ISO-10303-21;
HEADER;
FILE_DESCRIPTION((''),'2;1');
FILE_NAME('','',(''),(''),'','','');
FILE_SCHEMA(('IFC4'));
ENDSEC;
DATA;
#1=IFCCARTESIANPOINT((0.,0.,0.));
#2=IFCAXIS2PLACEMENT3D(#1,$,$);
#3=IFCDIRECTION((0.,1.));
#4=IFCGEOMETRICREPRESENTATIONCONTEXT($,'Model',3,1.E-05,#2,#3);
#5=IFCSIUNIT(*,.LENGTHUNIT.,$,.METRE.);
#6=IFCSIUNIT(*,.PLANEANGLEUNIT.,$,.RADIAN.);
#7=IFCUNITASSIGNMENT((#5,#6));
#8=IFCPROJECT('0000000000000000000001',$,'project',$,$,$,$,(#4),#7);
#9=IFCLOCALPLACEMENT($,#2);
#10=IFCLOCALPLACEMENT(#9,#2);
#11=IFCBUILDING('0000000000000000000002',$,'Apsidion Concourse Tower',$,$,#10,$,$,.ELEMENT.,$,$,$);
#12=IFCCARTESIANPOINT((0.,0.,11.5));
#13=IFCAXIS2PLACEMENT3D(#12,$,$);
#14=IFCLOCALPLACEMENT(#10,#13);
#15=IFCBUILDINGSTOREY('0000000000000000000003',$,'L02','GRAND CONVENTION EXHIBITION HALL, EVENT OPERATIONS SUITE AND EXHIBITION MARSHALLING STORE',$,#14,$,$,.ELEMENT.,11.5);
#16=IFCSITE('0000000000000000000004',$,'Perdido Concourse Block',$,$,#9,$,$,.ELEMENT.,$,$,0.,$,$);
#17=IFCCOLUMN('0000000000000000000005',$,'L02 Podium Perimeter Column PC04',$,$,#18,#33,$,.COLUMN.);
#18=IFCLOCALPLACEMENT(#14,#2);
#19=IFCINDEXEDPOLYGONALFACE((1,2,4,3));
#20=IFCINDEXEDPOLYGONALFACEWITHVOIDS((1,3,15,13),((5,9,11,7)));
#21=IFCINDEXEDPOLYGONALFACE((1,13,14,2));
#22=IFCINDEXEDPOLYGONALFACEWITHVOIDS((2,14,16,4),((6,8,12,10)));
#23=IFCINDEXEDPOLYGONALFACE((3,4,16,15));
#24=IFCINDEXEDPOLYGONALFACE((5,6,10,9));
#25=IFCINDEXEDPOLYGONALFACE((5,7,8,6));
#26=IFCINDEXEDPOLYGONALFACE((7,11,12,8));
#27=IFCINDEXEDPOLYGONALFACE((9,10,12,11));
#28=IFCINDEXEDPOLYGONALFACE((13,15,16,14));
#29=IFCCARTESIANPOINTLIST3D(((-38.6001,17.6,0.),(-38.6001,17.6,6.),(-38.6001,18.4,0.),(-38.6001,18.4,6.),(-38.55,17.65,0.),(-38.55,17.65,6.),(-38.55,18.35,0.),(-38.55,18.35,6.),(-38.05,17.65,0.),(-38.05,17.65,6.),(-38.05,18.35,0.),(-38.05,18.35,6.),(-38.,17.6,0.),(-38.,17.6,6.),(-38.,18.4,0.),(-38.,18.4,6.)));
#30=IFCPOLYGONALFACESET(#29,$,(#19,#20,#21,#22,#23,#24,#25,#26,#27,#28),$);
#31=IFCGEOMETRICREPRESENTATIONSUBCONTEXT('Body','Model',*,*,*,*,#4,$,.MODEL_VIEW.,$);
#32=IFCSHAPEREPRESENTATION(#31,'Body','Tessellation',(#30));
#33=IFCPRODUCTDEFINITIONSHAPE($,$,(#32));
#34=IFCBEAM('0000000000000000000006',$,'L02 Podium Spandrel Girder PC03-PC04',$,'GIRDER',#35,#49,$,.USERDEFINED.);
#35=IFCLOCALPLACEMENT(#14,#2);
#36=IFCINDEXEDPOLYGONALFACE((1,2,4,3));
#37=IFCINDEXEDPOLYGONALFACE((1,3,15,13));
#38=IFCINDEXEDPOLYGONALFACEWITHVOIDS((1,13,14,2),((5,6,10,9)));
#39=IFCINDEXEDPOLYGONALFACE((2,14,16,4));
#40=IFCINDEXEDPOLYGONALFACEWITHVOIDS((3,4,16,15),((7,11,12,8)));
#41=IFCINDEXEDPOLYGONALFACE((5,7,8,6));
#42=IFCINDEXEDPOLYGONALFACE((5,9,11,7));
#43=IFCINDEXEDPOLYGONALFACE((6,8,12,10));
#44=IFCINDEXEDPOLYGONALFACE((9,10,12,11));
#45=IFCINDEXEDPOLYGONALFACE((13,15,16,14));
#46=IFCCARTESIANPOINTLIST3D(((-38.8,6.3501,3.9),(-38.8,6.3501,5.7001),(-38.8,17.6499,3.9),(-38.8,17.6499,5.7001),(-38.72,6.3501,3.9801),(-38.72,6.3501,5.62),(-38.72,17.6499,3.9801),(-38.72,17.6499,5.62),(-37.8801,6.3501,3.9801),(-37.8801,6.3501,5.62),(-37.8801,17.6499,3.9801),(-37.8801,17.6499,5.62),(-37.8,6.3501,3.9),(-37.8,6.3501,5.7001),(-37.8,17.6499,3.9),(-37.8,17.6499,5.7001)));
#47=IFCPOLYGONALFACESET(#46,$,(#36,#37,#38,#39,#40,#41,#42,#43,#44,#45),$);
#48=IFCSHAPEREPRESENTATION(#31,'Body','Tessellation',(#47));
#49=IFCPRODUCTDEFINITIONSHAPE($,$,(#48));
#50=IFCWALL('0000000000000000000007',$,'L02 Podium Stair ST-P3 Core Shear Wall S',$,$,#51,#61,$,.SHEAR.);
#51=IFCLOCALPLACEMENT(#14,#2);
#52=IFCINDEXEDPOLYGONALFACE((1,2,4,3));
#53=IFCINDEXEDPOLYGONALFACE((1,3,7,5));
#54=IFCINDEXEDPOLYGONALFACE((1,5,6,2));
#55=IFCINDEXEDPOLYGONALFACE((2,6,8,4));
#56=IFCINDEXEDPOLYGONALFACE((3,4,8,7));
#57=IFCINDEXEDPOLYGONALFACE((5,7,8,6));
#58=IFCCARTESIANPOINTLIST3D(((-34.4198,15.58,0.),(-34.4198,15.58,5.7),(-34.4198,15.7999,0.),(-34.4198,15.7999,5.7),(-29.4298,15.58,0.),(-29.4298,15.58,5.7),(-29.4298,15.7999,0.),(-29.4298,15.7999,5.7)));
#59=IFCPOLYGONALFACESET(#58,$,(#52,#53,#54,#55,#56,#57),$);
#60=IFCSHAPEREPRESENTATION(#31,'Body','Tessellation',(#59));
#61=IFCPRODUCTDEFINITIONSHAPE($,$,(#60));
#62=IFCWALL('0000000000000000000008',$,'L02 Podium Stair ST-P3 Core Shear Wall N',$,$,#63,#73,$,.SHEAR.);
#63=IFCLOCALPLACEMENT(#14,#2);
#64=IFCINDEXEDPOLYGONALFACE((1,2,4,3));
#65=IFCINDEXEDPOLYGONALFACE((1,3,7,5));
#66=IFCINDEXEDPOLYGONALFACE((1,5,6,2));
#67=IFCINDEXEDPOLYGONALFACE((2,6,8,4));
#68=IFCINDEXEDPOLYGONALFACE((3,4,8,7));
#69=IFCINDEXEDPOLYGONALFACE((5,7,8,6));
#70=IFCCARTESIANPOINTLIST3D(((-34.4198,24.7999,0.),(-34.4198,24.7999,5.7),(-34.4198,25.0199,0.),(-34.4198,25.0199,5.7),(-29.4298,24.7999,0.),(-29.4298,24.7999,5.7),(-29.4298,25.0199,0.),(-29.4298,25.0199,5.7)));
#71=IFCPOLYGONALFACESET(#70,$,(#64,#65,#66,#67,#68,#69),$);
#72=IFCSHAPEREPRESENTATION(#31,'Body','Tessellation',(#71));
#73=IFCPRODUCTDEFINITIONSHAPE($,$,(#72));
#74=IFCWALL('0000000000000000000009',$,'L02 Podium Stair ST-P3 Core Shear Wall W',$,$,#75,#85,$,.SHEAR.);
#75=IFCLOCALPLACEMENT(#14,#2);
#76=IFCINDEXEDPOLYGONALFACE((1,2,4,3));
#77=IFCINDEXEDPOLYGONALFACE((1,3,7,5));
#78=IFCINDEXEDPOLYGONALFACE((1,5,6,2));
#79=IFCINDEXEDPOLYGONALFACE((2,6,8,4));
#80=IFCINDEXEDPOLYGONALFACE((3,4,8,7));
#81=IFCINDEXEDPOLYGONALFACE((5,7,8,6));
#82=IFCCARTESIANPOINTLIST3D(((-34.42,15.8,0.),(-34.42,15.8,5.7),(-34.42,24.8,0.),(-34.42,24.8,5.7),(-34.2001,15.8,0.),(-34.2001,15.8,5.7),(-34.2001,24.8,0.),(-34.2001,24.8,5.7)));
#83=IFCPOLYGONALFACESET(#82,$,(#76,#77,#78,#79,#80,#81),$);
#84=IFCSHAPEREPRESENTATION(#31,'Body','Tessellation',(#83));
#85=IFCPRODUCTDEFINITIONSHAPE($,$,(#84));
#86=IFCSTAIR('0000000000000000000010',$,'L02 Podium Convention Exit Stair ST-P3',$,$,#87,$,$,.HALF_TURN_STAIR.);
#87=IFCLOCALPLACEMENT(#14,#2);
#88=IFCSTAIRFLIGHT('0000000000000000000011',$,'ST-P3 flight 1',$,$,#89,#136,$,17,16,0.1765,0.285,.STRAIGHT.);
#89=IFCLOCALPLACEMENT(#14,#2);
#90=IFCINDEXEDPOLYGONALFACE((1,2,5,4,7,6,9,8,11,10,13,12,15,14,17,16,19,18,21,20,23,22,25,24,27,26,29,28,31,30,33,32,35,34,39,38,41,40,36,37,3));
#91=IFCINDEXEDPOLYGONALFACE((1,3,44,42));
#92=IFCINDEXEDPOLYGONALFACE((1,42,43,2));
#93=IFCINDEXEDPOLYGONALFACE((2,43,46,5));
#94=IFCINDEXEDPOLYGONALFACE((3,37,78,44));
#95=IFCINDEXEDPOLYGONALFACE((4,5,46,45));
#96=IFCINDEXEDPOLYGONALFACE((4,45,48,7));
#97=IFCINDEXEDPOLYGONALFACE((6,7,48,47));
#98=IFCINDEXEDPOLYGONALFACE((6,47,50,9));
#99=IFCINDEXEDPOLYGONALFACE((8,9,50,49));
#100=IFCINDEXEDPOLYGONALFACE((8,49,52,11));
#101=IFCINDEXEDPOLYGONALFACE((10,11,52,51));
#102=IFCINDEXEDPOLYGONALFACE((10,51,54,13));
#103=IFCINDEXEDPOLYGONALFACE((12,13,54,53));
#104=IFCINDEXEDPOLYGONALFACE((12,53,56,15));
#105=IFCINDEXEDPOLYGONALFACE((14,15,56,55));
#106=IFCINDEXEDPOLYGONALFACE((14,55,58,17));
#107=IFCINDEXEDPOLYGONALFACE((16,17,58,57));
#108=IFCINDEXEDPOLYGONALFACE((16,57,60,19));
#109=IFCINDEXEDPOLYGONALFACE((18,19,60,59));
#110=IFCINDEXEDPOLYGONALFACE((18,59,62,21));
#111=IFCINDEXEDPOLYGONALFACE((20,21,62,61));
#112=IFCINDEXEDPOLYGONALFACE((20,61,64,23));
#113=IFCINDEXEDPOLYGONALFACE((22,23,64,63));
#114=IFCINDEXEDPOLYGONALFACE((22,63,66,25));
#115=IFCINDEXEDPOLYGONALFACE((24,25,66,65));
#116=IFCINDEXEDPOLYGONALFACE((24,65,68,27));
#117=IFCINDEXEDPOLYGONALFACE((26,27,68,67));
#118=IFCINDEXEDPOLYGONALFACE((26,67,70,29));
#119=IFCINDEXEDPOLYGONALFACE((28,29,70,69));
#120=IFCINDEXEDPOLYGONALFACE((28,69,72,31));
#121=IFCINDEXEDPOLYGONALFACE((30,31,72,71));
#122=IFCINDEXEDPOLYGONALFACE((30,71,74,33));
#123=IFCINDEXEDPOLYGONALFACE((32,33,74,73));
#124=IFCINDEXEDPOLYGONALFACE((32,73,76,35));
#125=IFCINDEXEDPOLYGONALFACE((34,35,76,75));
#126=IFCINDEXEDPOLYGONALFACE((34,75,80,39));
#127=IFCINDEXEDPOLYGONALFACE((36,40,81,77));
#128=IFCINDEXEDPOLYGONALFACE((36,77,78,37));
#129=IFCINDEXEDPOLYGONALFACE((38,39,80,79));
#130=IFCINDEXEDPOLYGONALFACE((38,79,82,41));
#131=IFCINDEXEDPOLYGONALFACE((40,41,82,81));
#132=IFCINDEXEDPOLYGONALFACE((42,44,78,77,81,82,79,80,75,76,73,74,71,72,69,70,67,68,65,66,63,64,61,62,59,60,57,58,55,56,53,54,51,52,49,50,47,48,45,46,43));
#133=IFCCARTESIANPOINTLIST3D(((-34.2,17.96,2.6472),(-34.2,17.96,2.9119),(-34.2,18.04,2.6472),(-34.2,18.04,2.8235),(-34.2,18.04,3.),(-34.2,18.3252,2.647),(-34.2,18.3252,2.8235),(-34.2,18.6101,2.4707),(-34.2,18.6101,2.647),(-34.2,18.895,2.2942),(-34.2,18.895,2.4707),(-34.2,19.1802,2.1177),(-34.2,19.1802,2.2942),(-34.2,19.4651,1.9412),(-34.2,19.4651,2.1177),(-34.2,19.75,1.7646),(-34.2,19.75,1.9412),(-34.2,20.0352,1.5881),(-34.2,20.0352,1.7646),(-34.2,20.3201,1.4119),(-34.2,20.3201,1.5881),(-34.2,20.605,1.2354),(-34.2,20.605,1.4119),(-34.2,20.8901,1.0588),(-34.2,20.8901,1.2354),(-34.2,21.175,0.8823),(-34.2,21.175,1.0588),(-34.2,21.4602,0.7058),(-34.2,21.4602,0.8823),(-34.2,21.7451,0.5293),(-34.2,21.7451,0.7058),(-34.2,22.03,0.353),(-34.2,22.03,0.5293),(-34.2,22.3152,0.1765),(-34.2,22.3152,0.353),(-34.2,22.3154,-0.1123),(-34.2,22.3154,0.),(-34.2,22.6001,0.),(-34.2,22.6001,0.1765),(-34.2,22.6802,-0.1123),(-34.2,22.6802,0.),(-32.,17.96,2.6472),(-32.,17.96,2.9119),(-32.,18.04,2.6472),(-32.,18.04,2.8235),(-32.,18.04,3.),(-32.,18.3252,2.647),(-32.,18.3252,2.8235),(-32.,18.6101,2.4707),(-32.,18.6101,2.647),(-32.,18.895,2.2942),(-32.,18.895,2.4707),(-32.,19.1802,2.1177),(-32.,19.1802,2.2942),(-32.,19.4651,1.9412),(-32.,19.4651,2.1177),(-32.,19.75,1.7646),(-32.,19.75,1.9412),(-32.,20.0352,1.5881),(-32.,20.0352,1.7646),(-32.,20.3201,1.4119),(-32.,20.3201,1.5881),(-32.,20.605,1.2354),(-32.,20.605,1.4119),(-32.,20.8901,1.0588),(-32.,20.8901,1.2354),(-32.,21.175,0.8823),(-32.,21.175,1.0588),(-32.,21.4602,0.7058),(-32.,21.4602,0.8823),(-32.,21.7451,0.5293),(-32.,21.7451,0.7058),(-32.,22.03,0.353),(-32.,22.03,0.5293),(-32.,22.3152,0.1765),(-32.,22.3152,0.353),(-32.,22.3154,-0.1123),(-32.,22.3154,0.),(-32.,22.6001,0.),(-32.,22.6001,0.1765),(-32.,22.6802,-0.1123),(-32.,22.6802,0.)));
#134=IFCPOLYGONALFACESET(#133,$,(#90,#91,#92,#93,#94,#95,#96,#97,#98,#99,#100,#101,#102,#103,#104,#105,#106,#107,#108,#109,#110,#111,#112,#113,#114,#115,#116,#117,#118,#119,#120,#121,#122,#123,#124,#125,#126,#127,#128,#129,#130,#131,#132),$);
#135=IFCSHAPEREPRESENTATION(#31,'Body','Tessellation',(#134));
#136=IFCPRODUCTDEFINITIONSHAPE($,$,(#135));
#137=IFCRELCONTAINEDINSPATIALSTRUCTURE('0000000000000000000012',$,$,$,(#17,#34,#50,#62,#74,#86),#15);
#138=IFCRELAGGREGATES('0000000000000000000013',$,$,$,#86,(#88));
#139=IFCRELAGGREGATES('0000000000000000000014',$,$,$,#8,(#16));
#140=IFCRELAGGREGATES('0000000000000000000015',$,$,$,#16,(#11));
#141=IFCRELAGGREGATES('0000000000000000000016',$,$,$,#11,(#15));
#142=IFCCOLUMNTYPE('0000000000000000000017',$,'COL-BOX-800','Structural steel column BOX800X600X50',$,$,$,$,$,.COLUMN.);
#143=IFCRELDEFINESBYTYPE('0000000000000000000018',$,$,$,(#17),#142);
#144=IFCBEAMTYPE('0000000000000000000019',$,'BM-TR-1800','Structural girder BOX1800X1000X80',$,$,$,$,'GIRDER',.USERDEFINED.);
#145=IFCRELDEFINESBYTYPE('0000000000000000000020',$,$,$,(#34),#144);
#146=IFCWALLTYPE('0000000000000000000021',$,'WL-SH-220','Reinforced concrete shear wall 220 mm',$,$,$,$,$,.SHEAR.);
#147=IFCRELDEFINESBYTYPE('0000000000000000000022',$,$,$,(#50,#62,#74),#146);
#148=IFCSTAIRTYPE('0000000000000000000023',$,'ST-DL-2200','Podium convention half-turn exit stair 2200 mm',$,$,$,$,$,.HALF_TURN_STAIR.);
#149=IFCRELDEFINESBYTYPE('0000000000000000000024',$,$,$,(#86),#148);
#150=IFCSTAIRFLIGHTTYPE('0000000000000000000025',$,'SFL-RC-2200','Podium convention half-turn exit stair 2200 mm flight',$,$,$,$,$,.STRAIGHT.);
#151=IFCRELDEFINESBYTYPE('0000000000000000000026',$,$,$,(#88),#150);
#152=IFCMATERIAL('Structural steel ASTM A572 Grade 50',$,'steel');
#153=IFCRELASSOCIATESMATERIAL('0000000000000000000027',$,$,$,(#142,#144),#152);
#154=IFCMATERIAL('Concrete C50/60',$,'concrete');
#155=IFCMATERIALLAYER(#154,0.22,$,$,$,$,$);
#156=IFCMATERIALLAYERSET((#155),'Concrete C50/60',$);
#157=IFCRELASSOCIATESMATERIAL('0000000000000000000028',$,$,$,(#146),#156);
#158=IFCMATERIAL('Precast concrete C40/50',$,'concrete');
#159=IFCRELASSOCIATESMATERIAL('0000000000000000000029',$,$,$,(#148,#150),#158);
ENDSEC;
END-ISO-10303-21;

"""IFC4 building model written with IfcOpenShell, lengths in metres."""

from ifc_helpers import new_model, si_unit, direction, frame, frame_2d, origin, origin_2d, place, context, subcontext, project, spatial, polyline, rectangle, hollow_rectangle, outline, extrude, material, layer, layer_set, material_profile, profile_set, type_object, element, aggregate, save


model = new_model("IFC4")

# Units and contexts
model_context = context("Model", 3, precision=1e-05, world=origin(), true_north=direction((0.0, 1.0)))
body_context = subcontext(model_context, "Body", "Model", "MODEL_VIEW")
ifc_project = project(units=[si_unit("LENGTHUNIT", "METRE"), si_unit("PLANEANGLEUNIT", "RADIAN")], contexts=[model_context])

# Site, building, storey
site_placement = place(None, origin())
site = spatial("IfcSite", under=ifc_project, at=site_placement, Name="Perdido Concourse Block", CompositionType="ELEMENT", RefElevation=0.0)
building_placement = place(site_placement, origin())
building = spatial("IfcBuilding", under=site, at=building_placement, Name="Apsidion Concourse Tower", CompositionType="ELEMENT")
storey_placement = place(building_placement, frame((0.0, 0.0, 11.5)))
storey = spatial("IfcBuildingStorey", under=building, at=storey_placement, Name="L02", Description="GRAND CONVENTION EXHIBITION HALL, EVENT OPERATIONS SUITE AND EXHIBITION MARSHALLING STORE", CompositionType="ELEMENT", Elevation=11.5)

# Column
ifc_material_1 = material(Name="Structural steel ASTM A572 Grade 50", Category="steel")
ifc_material_profile_1 = material_profile(ifc_material_1, hollow_rectangle(XDim=0.6001, YDim=0.8, WallThickness=0.05, at=origin_2d()), Name="BOX800X600X50")
ifc_profile_set_1 = profile_set([ifc_material_profile_1], Name="Structural steel ASTM A572 Grade 50")
column_type = type_object("IfcColumnType", Name="COL-BOX-800", Description="Structural steel column BOX800X600X50", PredefinedType="COLUMN", material=ifc_profile_set_1)
column_placement = place(storey_placement, frame((-38.3, 18.0, 0.0), z_axis=(0.0, 0.0, 1.0), x_axis=(1.0, 0.0, 0.0)))
element("IfcColumn", 1, at=column_placement, inside=storey, type_object=column_type, Name="L02 Podium Perimeter Column PC04", PredefinedType="COLUMN", context=body_context, shape_type="SweptSolid", body=[
    extrude(hollow_rectangle(XDim=0.6001, YDim=0.8, WallThickness=0.05, at=origin_2d()), origin(), (0.0, 0.0, 1.0), 6.0),
])

# Beam
ifc_material_profile_2 = material_profile(ifc_material_1, hollow_rectangle(XDim=1.0, YDim=1.8, WallThickness=0.0801, at=origin_2d()), Name="BOX1800X1000X80")
ifc_profile_set_2 = profile_set([ifc_material_profile_2], Name="Structural steel ASTM A572 Grade 50")
beam_type = type_object("IfcBeamType", Name="BM-TR-1800", Description="Structural girder BOX1800X1000X80", ElementType="GIRDER", PredefinedType="USERDEFINED", material=ifc_profile_set_2)
beam_placement = place(storey_placement, frame((-38.3, 6.3501, 4.8), z_axis=(0.0, 1.0, 0.0), x_axis=(-1.0, 0.0, 0.0)))
element("IfcBeam", 2, at=beam_placement, inside=storey, type_object=beam_type, Name="L02 Podium Spandrel Girder PC03-PC04", ObjectType="GIRDER", PredefinedType="USERDEFINED", context=body_context, shape_type="SweptSolid", body=[
    extrude(hollow_rectangle(XDim=1.0, YDim=1.8, WallThickness=0.0801, at=origin_2d()), origin(), (0.0, 0.0, 1.0), 11.2998),
])

# Shared definitions
ifc_material_2 = material(Name="Precast concrete C40/50", Category="concrete")

# Walls
ifc_material_3 = material(Name="Concrete C50/60", Category="concrete")
ifc_layer_1 = layer(ifc_material_3, 0.22)
ifc_layer_set_1 = layer_set([ifc_layer_1], Name="Concrete C50/60")
wall_type_1 = type_object("IfcWallType", Name="WL-SH-220", Description="Reinforced concrete shear wall 220 mm", PredefinedType="SHEAR", material=ifc_layer_set_1)
for number, where, z_axis, x_axis, name in (
    (3, (-34.4199, 15.6899, 0.0), (0.0, 0.0, 1.0), (1.0, 0.0, 0.0), "L02 Podium Stair ST-P3 Core Shear Wall S"),
    (4, (-34.4199, 24.9099, 0.0), (0.0, 0.0, 1.0), (1.0, 0.0, 0.0), "L02 Podium Stair ST-P3 Core Shear Wall N"),
):
    element("IfcWall", number, at=place(storey_placement, frame(where, z_axis=z_axis, x_axis=x_axis)), inside=storey, type_object=wall_type_1, Name=name, PredefinedType="SHEAR", context=body_context, shape_type="SweptSolid", body=[
        extrude(rectangle(XDim=4.99, YDim=0.22, at=frame_2d((2.4951, 0.0))), origin(), (0.0, 0.0, 1.0), 5.7),
    ])
wall_1_placement = place(storey_placement, frame((-34.3101, 15.8, 0.0), z_axis=(0.0, 0.0, 1.0), x_axis=(0.0, 1.0, 0.0)))
element("IfcWall", 5, at=wall_1_placement, inside=storey, type_object=wall_type_1, Name="L02 Podium Stair ST-P3 Core Shear Wall W", PredefinedType="SHEAR", context=body_context, shape_type="SweptSolid", body=[
    extrude(rectangle(XDim=9.0, YDim=0.22, at=frame_2d((4.5, 0.0))), origin(), (0.0, 0.0, 1.0), 5.7),
])

# Stair, stair flight
stair_type = type_object("IfcStairType", Name="ST-DL-2200", Description="Podium convention half-turn exit stair 2200 mm", PredefinedType="HALF_TURN_STAIR", material=ifc_material_2)
stair_placement = place(storey_placement, origin())
stair = element("IfcStair", 6, at=stair_placement, inside=storey, type_object=stair_type, Name="L02 Podium Convention Exit Stair ST-P3", PredefinedType="HALF_TURN_STAIR")
stair_flight_type = type_object("IfcStairFlightType", Name="SFL-RC-2200", Description="Podium convention half-turn exit stair 2200 mm flight", PredefinedType="STRAIGHT", material=ifc_material_2)
stair_flight_placement = place(storey_placement, frame((-33.1001, 22.6001, 0.0), z_axis=(0.0, 0.0, 1.0), x_axis=(0.0, -1.0, 0.0)))
stair_flight = element("IfcStairFlight", 7, at=stair_flight_placement, type_object=stair_flight_type, Name="ST-P3 flight 1", NumberOfRisers=17, NumberOfTreads=16, PredefinedType="STRAIGHT", RiserHeight=0.1765, TreadLength=0.285, context=body_context, shape_type="SweptSolid", body=[
    extrude(outline(polyline([(-0.0801, -0.1123), (-0.0801, 0.0), (0.0, 0.0), (0.0, 0.1765), (0.2849, 0.1765), (0.2849, 0.353), (0.5701, 0.353), (0.5701, 0.5293), (0.855, 0.5293), (0.855, 0.7058), (1.1399, 0.7058), (1.1399, 0.8823), (1.425, 0.8823), (1.425, 1.0588), (1.71, 1.0588), (1.71, 1.2354), (1.9951, 1.2354), (1.9951, 1.4119), (2.28, 1.4119), (2.28, 1.5881), (2.5649, 1.5881), (2.5649, 1.7646), (2.8501, 1.7646), (2.8501, 1.9412), (3.135, 1.9412), (3.135, 2.1177), (3.4199, 2.1177), (3.4199, 2.2942), (3.7051, 2.2942), (3.7051, 2.4707), (3.99, 2.4707), (3.99, 2.647), (4.2749, 2.647), (4.2749, 2.8235), (4.5601, 2.8235), (4.5601, 3.0), (4.6401, 2.9119), (4.6401, 2.6472), (4.5601, 2.6472), (0.2847, 0.0), (0.2847, -0.1123), (-0.0801, -0.1123)])), frame((0.0, 1.1001, 0.0), z_axis=(0.0, -1.0, 0.0), x_axis=(1.0, 0.0, 0.0)), (0.0, 0.0, 1.0), 2.2),
])
aggregate(stair, [stair_flight])

save(model, "model.ifc")
